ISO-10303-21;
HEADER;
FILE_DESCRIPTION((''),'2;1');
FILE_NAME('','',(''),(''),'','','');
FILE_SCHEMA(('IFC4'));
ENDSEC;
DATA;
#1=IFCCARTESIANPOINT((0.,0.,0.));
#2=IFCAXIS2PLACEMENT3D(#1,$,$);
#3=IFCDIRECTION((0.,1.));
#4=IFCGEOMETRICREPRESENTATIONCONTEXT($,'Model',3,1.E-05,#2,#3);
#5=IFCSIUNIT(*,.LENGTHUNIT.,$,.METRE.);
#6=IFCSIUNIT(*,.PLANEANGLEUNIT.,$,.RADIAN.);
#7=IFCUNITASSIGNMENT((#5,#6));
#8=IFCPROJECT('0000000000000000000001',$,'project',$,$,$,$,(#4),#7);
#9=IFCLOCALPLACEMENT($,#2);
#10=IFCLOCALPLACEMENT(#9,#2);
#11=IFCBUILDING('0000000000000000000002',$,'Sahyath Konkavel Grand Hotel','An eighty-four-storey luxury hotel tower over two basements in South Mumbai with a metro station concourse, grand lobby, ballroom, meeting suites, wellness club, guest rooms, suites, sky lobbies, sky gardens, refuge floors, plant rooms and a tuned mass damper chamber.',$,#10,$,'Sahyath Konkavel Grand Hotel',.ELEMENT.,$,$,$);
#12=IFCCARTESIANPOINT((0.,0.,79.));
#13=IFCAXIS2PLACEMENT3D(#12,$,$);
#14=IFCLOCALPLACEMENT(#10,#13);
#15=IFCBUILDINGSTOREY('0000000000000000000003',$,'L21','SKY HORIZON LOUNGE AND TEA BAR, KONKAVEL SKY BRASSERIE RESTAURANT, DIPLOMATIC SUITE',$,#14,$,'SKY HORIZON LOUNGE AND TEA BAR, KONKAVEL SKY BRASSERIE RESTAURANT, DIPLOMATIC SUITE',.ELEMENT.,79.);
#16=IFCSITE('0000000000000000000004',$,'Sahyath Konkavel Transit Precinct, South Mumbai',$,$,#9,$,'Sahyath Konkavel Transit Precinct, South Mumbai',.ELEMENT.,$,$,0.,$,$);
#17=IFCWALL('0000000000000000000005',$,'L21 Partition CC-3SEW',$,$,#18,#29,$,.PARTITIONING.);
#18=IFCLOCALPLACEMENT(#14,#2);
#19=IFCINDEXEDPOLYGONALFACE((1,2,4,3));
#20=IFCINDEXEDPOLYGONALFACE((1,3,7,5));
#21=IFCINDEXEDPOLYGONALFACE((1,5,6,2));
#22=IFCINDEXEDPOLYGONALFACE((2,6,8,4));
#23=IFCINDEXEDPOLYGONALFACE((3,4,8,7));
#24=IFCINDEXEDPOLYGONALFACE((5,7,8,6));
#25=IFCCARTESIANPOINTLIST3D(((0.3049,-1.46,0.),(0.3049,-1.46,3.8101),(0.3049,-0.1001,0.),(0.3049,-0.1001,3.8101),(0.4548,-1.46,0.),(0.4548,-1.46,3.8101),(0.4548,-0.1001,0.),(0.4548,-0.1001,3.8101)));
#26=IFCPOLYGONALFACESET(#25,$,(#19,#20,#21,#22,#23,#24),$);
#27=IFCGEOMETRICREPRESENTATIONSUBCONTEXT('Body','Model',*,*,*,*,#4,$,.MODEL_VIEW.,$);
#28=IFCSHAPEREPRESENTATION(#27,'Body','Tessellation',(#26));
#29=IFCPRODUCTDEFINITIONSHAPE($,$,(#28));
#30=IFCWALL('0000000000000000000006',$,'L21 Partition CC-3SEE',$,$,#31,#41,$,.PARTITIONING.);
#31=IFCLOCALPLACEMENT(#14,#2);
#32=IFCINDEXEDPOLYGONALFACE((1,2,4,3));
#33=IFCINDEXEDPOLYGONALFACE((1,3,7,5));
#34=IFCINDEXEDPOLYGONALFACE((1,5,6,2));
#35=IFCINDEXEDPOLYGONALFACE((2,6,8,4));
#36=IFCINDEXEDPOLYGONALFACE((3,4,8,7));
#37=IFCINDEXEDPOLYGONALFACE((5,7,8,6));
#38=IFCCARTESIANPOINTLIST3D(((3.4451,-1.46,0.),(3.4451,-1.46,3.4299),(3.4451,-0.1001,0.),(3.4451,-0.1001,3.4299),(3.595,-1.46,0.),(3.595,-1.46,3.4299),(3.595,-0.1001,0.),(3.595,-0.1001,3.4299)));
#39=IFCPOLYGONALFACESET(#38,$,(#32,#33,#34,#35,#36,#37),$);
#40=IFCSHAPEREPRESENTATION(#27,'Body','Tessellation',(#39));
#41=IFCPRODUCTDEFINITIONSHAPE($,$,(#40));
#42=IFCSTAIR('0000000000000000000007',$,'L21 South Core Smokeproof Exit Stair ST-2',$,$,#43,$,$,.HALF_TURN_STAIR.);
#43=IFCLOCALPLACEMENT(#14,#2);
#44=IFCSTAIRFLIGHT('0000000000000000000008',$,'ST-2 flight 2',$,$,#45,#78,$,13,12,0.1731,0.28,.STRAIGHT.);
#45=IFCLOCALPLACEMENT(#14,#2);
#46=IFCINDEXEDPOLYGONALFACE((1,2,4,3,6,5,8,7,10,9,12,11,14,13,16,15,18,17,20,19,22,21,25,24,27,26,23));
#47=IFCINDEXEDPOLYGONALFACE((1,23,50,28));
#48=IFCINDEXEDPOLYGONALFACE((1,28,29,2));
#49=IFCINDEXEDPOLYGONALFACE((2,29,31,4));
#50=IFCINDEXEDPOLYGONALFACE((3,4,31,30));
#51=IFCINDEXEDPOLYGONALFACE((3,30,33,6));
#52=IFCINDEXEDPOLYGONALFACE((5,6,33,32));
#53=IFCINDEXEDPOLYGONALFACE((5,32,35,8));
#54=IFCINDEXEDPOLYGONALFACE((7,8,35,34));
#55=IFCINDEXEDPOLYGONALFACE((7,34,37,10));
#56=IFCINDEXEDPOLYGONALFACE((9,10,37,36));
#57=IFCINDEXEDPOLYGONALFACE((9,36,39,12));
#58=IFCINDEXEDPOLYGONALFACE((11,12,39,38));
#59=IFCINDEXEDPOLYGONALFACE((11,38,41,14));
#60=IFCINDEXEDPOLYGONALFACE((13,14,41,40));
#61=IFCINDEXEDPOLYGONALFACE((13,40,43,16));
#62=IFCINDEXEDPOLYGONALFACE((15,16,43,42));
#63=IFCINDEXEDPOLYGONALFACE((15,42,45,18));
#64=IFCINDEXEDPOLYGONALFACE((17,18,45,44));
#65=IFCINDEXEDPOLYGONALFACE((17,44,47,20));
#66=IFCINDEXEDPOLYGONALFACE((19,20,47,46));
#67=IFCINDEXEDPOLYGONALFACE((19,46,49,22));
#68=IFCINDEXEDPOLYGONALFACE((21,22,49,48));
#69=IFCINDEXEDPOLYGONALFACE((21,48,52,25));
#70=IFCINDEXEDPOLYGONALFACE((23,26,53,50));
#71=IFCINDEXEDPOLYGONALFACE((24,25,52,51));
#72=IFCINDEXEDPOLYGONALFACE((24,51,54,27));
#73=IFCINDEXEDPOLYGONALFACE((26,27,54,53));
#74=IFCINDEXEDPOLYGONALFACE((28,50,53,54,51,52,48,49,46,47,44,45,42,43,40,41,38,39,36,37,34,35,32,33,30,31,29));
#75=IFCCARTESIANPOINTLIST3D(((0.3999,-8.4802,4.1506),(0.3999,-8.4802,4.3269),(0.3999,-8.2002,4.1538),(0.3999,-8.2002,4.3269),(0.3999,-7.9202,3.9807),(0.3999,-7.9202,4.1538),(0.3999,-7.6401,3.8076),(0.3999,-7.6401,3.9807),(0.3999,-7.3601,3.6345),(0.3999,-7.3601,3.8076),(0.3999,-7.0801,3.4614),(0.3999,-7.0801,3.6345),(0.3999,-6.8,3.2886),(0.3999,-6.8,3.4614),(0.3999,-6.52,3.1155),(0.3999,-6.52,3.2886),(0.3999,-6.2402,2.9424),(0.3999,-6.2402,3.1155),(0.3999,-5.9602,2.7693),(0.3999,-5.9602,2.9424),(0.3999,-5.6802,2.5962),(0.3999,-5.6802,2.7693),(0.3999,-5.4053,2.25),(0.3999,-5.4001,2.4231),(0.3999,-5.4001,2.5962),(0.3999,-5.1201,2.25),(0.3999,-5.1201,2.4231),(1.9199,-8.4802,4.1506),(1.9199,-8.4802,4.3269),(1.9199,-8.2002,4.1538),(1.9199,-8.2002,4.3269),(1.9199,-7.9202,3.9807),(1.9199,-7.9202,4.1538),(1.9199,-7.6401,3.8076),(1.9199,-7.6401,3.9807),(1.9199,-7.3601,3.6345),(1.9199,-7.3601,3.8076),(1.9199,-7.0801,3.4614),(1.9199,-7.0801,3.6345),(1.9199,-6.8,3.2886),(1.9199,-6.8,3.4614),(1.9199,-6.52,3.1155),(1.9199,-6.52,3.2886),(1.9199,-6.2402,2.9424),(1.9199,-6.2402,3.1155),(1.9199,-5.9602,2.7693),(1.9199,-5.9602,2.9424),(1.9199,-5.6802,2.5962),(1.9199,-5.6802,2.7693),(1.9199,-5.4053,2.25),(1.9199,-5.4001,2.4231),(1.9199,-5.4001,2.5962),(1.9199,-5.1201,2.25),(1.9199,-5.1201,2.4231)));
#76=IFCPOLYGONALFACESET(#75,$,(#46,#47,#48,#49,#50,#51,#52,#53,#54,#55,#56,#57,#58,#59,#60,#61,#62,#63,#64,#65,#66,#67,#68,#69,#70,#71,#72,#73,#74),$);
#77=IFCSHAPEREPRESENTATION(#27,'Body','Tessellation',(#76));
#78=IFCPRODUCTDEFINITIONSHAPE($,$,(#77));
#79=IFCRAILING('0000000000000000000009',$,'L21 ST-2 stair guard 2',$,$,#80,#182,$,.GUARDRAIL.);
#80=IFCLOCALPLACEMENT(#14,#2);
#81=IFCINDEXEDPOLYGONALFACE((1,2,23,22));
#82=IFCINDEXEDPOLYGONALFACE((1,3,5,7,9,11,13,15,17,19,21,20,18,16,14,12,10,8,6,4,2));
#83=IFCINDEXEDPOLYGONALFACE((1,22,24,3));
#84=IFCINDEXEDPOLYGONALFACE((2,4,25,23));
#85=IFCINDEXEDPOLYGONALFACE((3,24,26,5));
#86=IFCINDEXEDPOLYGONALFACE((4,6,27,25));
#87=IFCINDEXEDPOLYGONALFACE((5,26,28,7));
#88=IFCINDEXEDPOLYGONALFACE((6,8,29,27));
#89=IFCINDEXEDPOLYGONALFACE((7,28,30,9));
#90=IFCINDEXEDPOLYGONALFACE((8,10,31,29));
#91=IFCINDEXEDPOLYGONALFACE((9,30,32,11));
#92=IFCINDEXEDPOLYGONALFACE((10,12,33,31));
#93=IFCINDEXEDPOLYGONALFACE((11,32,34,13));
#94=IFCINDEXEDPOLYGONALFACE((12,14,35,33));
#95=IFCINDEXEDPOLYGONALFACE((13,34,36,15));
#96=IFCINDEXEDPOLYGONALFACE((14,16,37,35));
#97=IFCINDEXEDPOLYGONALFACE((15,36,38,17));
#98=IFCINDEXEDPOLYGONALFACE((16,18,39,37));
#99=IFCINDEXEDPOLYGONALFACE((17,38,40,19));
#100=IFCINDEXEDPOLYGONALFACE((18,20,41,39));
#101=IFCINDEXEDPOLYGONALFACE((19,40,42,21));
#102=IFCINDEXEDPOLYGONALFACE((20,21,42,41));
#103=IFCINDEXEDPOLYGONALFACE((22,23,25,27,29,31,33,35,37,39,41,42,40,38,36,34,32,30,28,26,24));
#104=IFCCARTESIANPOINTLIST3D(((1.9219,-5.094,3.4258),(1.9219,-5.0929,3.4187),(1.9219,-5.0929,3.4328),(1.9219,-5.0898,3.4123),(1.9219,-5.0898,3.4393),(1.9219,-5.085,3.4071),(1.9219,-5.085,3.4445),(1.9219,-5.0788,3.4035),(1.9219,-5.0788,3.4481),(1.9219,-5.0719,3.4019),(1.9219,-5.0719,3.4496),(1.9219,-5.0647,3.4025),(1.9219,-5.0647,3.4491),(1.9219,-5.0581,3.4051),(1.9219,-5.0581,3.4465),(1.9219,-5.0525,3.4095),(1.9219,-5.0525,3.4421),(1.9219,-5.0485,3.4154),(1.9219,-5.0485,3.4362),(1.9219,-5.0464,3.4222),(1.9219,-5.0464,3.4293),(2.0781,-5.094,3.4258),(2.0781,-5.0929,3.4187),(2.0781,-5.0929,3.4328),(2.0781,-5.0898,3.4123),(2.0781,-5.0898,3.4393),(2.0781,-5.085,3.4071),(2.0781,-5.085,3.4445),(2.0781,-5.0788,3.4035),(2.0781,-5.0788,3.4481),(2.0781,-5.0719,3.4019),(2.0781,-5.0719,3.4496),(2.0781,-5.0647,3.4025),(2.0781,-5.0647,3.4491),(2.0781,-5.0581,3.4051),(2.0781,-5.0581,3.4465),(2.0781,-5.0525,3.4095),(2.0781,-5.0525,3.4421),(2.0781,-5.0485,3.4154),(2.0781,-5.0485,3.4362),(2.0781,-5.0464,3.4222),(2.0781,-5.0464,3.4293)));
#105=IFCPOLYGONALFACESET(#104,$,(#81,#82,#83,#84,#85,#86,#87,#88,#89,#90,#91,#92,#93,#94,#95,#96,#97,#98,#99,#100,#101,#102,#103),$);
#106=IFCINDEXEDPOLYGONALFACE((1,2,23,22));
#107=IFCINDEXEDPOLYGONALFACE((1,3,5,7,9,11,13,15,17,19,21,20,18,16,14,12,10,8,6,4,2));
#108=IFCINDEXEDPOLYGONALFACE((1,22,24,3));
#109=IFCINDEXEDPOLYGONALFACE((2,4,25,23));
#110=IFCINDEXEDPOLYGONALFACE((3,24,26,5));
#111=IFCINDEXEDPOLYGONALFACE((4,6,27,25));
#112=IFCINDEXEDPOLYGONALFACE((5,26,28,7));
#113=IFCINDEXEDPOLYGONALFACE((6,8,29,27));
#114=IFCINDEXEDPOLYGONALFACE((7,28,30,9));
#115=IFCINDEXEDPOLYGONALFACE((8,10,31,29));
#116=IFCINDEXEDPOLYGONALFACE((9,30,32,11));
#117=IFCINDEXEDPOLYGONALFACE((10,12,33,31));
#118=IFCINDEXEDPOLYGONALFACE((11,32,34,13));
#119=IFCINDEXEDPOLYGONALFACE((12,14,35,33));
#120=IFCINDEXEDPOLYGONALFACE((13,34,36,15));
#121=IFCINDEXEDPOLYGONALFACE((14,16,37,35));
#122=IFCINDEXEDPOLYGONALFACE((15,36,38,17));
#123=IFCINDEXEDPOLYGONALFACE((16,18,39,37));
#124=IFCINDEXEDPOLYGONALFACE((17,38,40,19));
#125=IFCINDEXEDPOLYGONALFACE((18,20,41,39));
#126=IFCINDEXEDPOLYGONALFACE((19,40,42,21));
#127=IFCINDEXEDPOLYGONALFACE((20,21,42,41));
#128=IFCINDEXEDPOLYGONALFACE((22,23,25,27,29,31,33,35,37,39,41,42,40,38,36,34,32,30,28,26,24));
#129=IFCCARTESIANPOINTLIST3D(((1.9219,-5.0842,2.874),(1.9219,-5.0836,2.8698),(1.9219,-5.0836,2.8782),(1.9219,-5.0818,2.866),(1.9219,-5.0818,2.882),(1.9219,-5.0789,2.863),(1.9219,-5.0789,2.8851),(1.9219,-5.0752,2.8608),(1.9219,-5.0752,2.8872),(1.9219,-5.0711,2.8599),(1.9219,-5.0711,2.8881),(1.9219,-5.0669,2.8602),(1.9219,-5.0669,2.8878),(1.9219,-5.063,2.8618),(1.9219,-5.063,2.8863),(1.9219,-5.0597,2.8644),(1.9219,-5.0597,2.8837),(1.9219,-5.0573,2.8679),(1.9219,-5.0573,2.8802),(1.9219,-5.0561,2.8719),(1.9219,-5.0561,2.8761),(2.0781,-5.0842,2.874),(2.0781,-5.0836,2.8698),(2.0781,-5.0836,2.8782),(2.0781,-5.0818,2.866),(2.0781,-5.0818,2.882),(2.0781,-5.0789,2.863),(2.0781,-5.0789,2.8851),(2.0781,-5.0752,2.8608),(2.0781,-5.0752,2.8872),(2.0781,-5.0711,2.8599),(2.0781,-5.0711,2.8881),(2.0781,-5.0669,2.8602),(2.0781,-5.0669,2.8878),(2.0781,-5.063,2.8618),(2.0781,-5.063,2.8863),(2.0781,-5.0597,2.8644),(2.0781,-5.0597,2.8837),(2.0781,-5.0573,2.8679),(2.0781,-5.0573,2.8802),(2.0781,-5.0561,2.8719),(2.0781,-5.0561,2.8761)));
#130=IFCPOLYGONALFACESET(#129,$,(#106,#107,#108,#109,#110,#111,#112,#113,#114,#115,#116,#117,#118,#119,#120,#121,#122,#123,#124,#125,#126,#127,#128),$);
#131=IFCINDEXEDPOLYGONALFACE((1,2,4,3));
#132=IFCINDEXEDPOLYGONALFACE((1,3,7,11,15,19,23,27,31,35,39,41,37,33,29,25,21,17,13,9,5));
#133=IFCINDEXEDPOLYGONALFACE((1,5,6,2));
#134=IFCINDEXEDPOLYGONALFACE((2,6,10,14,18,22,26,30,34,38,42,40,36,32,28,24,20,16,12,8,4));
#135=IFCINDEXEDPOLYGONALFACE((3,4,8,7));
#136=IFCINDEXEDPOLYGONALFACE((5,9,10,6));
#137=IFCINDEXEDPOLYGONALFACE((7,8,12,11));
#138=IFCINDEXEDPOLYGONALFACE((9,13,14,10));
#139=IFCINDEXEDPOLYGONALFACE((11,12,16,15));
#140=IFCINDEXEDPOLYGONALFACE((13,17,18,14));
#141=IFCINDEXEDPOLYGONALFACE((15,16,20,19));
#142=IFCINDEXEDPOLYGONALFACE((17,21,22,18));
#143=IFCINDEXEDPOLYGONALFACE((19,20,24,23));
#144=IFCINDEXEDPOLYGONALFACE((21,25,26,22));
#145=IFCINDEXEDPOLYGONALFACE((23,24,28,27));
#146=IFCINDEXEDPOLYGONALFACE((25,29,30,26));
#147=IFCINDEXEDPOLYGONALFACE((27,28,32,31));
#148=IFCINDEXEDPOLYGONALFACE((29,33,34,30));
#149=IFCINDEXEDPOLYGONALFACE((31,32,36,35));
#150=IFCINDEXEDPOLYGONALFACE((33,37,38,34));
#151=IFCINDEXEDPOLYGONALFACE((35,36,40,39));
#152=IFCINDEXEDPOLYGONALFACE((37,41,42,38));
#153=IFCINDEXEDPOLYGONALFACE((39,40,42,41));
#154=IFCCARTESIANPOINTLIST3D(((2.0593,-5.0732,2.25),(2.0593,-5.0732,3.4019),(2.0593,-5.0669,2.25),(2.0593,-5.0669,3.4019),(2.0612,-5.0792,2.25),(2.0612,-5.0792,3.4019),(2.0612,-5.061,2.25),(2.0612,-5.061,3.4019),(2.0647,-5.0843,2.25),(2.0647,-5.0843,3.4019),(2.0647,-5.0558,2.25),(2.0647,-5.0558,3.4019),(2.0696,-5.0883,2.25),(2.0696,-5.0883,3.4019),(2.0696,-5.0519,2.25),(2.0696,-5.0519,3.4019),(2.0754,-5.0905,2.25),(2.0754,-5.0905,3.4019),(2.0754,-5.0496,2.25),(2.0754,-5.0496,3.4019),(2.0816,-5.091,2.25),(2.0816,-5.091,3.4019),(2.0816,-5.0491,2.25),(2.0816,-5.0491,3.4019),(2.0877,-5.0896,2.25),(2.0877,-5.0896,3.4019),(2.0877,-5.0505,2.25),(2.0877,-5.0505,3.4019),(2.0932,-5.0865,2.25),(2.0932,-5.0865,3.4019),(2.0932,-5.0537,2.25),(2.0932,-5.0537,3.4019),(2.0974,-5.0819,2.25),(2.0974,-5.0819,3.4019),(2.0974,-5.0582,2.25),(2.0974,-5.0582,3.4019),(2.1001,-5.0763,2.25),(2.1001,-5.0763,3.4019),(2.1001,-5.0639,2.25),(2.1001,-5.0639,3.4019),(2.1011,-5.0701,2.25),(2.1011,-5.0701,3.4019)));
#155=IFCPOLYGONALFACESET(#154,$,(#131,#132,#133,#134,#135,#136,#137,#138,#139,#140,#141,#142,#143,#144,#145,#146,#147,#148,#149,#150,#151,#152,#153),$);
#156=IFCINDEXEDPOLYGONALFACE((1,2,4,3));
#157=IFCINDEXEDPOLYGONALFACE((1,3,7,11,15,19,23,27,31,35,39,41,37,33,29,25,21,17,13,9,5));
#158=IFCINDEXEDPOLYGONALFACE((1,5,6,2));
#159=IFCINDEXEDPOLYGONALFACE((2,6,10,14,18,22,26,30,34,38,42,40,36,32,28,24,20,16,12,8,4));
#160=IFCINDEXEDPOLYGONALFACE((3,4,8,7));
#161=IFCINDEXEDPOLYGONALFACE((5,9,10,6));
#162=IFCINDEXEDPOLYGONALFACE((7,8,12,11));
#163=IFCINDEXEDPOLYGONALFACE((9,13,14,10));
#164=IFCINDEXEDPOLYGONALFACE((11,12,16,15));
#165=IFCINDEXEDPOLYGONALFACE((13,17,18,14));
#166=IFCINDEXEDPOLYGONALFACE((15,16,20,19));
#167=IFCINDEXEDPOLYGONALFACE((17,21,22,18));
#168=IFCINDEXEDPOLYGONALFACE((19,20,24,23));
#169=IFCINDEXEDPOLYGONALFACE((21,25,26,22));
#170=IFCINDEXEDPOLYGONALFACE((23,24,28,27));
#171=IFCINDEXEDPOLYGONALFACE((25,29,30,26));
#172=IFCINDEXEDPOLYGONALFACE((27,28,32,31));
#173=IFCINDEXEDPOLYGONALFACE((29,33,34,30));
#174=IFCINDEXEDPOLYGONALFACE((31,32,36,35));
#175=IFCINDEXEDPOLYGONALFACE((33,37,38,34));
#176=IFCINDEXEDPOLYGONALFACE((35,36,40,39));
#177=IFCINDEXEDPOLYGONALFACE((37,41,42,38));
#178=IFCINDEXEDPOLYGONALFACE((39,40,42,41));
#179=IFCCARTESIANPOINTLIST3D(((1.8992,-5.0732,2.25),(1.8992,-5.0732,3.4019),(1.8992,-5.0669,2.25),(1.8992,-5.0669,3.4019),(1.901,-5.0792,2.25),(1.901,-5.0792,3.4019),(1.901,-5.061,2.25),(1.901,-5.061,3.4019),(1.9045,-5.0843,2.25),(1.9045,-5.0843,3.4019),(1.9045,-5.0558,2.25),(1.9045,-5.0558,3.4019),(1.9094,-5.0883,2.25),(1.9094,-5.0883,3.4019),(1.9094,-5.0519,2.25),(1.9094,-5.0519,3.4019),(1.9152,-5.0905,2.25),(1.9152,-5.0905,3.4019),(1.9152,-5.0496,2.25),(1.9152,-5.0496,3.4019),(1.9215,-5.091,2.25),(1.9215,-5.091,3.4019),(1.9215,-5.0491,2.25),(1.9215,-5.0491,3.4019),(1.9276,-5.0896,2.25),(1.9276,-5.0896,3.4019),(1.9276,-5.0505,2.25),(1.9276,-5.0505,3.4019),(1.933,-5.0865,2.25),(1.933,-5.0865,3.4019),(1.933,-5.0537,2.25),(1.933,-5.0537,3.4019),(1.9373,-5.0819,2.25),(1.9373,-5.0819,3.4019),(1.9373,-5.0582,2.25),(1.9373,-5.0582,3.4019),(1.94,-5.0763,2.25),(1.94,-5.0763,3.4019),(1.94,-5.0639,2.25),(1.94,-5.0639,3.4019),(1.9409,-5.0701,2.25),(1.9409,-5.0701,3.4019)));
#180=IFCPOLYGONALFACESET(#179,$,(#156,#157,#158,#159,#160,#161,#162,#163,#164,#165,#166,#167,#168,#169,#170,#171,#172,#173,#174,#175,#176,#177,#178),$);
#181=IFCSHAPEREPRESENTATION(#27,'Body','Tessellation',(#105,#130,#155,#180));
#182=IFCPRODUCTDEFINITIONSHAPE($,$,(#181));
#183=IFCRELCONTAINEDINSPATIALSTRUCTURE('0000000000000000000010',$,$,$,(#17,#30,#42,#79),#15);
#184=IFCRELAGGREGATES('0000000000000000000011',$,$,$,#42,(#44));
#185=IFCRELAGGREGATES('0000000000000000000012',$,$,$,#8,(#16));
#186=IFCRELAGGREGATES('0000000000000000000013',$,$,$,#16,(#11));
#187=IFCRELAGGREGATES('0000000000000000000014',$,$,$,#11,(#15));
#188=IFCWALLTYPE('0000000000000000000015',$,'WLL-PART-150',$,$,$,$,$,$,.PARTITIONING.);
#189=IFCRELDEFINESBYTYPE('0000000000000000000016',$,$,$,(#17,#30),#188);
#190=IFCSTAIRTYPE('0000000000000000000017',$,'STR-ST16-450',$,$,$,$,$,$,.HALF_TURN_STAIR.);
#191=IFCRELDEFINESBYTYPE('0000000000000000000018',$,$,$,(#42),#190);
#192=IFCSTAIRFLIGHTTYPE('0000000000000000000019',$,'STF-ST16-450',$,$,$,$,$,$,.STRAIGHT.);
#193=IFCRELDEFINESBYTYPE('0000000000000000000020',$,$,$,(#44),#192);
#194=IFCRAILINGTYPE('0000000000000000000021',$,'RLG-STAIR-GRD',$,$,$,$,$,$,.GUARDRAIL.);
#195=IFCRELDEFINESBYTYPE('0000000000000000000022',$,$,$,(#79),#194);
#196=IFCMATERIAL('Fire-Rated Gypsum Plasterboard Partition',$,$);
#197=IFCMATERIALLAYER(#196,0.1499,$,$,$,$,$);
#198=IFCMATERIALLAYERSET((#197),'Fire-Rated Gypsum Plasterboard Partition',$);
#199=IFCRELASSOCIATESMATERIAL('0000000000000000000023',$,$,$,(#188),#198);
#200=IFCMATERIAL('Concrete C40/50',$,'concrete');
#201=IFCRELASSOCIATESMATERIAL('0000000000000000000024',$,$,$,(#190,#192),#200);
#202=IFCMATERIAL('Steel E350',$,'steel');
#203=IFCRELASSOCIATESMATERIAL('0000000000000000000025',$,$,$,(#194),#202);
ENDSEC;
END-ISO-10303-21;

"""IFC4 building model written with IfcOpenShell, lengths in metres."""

from ifc_helpers import new_model, si_unit, direction, frame, frame_2d, origin, origin_2d, place, context, subcontext, project, spatial, polyline, rectangle, circle, outline, extrude, material, layer, layer_set, type_object, element, aggregate, save


model = new_model("IFC4")

# Units and contexts
model_context = context("Model", 3, precision=1e-05, world=origin(), true_north=direction((0.0, 1.0)))
body_context = subcontext(model_context, "Body", "Model", "MODEL_VIEW")
ifc_project = project(units=[si_unit("LENGTHUNIT", "METRE"), si_unit("PLANEANGLEUNIT", "RADIAN")], contexts=[model_context])

# Site, building, storey
site_placement = place(None, origin())
site = spatial("IfcSite", under=ifc_project, at=site_placement, Name="Sahyath Konkavel Transit Precinct, South Mumbai", LongName="Sahyath Konkavel Transit Precinct, South Mumbai", CompositionType="ELEMENT", RefElevation=0.0)
building_placement = place(site_placement, origin())
building = spatial("IfcBuilding", under=site, at=building_placement, Name="Sahyath Konkavel Grand Hotel", Description="An eighty-four-storey luxury hotel tower over two basements in South Mumbai with a metro station concourse, grand lobby, ballroom, meeting suites, wellness club, guest rooms, suites, sky lobbies, sky gardens, refuge floors, plant rooms and a tuned mass damper chamber.", LongName="Sahyath Konkavel Grand Hotel", CompositionType="ELEMENT")
storey_placement = place(building_placement, frame((0.0, 0.0, 79.0)))
storey = spatial("IfcBuildingStorey", under=building, at=storey_placement, Name="L21", Description="SKY HORIZON LOUNGE AND TEA BAR, KONKAVEL SKY BRASSERIE RESTAURANT, DIPLOMATIC SUITE", LongName="SKY HORIZON LOUNGE AND TEA BAR, KONKAVEL SKY BRASSERIE RESTAURANT, DIPLOMATIC SUITE", CompositionType="ELEMENT", Elevation=79.0)

# Shared definitions
ifc_material_1 = material(Name="Steel E350", Category="steel")

# Shared definitions
ifc_material_2 = material(Name="Concrete C40/50", Category="concrete")
ifc_material_3 = material(Name="Fire-Rated Gypsum Plasterboard Partition")
ifc_layer_1 = layer(ifc_material_3, 0.1499)
ifc_layer_set_1 = layer_set([ifc_layer_1], Name="Fire-Rated Gypsum Plasterboard Partition")
wall_type_1 = type_object("IfcWallType", Name="WLL-PART-150", PredefinedType="PARTITIONING", material=ifc_layer_set_1)

# Walls
wall_1_placement = place(storey_placement, frame((0.3799, -1.46, 0.0), z_axis=(0.0, 0.0, 1.0), x_axis=(0.0, 1.0, 0.0)))
element("IfcWall", 1, at=wall_1_placement, inside=storey, type_object=wall_type_1, Name="L21 Partition CC-3SEW", PredefinedType="PARTITIONING", context=body_context, shape_type="SweptSolid", body=[
    extrude(rectangle(XDim=1.3599, YDim=0.1499, at=frame_2d((0.6799, 0.0))), origin(), (0.0, 0.0, 1.0), 3.8101),
])
wall_2_placement = place(storey_placement, frame((3.52, -1.46, 0.0), z_axis=(0.0, 0.0, 1.0), x_axis=(0.0, 1.0, 0.0)))
element("IfcWall", 2, at=wall_2_placement, inside=storey, type_object=wall_type_1, Name="L21 Partition CC-3SEE", PredefinedType="PARTITIONING", context=body_context, shape_type="SweptSolid", body=[
    extrude(rectangle(XDim=1.3599, YDim=0.1499, at=frame_2d((0.6799, 0.0))), origin(), (0.0, 0.0, 1.0), 3.4299),
])

# Stair, stair flight
stair_type = type_object("IfcStairType", Name="STR-ST16-450", PredefinedType="HALF_TURN_STAIR", material=ifc_material_2)
stair_placement = place(storey_placement, origin())
stair = element("IfcStair", 3, at=stair_placement, inside=storey, type_object=stair_type, Name="L21 South Core Smokeproof Exit Stair ST-2", PredefinedType="HALF_TURN_STAIR")
stair_flight_type = type_object("IfcStairFlightType", Name="STF-ST16-450", PredefinedType="STRAIGHT", material=ifc_material_2)
stair_flight_placement = place(storey_placement, frame((1.1599, -5.1201, 2.25), z_axis=(0.0, 0.0, 1.0), x_axis=(0.0, -1.0, 0.0)))
stair_flight = element("IfcStairFlight", 4, at=stair_flight_placement, type_object=stair_flight_type, Name="ST-2 flight 2", NumberOfRisers=13, NumberOfTreads=12, PredefinedType="STRAIGHT", RiserHeight=0.1731, TreadLength=0.28, context=body_context, shape_type="SweptSolid", body=[
    extrude(outline(polyline([(0.0, 0.0), (0.0, 0.1731), (0.28, 0.1731), (0.28, 0.3462), (0.5601, 0.3462), (0.5601, 0.5193), (0.8401, 0.5193), (0.8401, 0.6924), (1.1201, 0.6924), (1.1201, 0.8655), (1.3999, 0.8655), (1.3999, 1.0386), (1.6799, 1.0386), (1.6799, 1.2114), (1.96, 1.2114), (1.96, 1.3845), (2.24, 1.3845), (2.24, 1.5576), (2.52, 1.5576), (2.52, 1.7307), (2.8, 1.7307), (2.8, 1.9038), (3.0801, 1.9038), (3.0801, 2.0769), (3.3601, 2.0769), (3.3601, 2.25), (3.3601, 1.9006), (0.2852, 0.0), (0.0, 0.0)])), frame((0.0, 0.76, 0.0), z_axis=(0.0, -1.0, 0.0), x_axis=(1.0, 0.0, 0.0)), (0.0, 0.0, 1.0), 1.52),
])
aggregate(stair, [stair_flight])

# Railing
railing_type_1 = type_object("IfcRailingType", Name="RLG-STAIR-GRD", PredefinedType="GUARDRAIL", material=ifc_material_1)
railing_1_placement = place(storey_placement, frame((2.0801, -5.0701, 2.25)))
element("IfcRailing", 5, at=railing_1_placement, inside=storey, type_object=railing_type_1, Name="L21 ST-2 stair guard 2", PredefinedType="GUARDRAIL", context=body_context, shape_type="SweptSolid", body=[
    extrude(circle(Radius=0.0239, at=origin_2d()), frame((-0.002, 0.0, 1.1758), z_axis=(-1.0, 0.0, 0.0), x_axis=(0.0, -1.0, 0.0)), (0.0, 0.0, 1.0), 0.1562),
    extrude(circle(Radius=0.0142, at=origin_2d()), frame((-0.002, 0.0, 0.624), z_axis=(-1.0, 0.0, 0.0), x_axis=(0.0, -1.0, 0.0)), (0.0, 0.0, 1.0), 0.1562),
    extrude(circle(Radius=0.021, at=origin_2d()), origin(), (0.0, 0.0, 1.0), 1.1519),
    extrude(circle(Radius=0.021, at=origin_2d()), frame((-0.1602, 0.0, 0.0)), (0.0, 0.0, 1.0), 1.1519),
])

save(model, "model.ifc")
